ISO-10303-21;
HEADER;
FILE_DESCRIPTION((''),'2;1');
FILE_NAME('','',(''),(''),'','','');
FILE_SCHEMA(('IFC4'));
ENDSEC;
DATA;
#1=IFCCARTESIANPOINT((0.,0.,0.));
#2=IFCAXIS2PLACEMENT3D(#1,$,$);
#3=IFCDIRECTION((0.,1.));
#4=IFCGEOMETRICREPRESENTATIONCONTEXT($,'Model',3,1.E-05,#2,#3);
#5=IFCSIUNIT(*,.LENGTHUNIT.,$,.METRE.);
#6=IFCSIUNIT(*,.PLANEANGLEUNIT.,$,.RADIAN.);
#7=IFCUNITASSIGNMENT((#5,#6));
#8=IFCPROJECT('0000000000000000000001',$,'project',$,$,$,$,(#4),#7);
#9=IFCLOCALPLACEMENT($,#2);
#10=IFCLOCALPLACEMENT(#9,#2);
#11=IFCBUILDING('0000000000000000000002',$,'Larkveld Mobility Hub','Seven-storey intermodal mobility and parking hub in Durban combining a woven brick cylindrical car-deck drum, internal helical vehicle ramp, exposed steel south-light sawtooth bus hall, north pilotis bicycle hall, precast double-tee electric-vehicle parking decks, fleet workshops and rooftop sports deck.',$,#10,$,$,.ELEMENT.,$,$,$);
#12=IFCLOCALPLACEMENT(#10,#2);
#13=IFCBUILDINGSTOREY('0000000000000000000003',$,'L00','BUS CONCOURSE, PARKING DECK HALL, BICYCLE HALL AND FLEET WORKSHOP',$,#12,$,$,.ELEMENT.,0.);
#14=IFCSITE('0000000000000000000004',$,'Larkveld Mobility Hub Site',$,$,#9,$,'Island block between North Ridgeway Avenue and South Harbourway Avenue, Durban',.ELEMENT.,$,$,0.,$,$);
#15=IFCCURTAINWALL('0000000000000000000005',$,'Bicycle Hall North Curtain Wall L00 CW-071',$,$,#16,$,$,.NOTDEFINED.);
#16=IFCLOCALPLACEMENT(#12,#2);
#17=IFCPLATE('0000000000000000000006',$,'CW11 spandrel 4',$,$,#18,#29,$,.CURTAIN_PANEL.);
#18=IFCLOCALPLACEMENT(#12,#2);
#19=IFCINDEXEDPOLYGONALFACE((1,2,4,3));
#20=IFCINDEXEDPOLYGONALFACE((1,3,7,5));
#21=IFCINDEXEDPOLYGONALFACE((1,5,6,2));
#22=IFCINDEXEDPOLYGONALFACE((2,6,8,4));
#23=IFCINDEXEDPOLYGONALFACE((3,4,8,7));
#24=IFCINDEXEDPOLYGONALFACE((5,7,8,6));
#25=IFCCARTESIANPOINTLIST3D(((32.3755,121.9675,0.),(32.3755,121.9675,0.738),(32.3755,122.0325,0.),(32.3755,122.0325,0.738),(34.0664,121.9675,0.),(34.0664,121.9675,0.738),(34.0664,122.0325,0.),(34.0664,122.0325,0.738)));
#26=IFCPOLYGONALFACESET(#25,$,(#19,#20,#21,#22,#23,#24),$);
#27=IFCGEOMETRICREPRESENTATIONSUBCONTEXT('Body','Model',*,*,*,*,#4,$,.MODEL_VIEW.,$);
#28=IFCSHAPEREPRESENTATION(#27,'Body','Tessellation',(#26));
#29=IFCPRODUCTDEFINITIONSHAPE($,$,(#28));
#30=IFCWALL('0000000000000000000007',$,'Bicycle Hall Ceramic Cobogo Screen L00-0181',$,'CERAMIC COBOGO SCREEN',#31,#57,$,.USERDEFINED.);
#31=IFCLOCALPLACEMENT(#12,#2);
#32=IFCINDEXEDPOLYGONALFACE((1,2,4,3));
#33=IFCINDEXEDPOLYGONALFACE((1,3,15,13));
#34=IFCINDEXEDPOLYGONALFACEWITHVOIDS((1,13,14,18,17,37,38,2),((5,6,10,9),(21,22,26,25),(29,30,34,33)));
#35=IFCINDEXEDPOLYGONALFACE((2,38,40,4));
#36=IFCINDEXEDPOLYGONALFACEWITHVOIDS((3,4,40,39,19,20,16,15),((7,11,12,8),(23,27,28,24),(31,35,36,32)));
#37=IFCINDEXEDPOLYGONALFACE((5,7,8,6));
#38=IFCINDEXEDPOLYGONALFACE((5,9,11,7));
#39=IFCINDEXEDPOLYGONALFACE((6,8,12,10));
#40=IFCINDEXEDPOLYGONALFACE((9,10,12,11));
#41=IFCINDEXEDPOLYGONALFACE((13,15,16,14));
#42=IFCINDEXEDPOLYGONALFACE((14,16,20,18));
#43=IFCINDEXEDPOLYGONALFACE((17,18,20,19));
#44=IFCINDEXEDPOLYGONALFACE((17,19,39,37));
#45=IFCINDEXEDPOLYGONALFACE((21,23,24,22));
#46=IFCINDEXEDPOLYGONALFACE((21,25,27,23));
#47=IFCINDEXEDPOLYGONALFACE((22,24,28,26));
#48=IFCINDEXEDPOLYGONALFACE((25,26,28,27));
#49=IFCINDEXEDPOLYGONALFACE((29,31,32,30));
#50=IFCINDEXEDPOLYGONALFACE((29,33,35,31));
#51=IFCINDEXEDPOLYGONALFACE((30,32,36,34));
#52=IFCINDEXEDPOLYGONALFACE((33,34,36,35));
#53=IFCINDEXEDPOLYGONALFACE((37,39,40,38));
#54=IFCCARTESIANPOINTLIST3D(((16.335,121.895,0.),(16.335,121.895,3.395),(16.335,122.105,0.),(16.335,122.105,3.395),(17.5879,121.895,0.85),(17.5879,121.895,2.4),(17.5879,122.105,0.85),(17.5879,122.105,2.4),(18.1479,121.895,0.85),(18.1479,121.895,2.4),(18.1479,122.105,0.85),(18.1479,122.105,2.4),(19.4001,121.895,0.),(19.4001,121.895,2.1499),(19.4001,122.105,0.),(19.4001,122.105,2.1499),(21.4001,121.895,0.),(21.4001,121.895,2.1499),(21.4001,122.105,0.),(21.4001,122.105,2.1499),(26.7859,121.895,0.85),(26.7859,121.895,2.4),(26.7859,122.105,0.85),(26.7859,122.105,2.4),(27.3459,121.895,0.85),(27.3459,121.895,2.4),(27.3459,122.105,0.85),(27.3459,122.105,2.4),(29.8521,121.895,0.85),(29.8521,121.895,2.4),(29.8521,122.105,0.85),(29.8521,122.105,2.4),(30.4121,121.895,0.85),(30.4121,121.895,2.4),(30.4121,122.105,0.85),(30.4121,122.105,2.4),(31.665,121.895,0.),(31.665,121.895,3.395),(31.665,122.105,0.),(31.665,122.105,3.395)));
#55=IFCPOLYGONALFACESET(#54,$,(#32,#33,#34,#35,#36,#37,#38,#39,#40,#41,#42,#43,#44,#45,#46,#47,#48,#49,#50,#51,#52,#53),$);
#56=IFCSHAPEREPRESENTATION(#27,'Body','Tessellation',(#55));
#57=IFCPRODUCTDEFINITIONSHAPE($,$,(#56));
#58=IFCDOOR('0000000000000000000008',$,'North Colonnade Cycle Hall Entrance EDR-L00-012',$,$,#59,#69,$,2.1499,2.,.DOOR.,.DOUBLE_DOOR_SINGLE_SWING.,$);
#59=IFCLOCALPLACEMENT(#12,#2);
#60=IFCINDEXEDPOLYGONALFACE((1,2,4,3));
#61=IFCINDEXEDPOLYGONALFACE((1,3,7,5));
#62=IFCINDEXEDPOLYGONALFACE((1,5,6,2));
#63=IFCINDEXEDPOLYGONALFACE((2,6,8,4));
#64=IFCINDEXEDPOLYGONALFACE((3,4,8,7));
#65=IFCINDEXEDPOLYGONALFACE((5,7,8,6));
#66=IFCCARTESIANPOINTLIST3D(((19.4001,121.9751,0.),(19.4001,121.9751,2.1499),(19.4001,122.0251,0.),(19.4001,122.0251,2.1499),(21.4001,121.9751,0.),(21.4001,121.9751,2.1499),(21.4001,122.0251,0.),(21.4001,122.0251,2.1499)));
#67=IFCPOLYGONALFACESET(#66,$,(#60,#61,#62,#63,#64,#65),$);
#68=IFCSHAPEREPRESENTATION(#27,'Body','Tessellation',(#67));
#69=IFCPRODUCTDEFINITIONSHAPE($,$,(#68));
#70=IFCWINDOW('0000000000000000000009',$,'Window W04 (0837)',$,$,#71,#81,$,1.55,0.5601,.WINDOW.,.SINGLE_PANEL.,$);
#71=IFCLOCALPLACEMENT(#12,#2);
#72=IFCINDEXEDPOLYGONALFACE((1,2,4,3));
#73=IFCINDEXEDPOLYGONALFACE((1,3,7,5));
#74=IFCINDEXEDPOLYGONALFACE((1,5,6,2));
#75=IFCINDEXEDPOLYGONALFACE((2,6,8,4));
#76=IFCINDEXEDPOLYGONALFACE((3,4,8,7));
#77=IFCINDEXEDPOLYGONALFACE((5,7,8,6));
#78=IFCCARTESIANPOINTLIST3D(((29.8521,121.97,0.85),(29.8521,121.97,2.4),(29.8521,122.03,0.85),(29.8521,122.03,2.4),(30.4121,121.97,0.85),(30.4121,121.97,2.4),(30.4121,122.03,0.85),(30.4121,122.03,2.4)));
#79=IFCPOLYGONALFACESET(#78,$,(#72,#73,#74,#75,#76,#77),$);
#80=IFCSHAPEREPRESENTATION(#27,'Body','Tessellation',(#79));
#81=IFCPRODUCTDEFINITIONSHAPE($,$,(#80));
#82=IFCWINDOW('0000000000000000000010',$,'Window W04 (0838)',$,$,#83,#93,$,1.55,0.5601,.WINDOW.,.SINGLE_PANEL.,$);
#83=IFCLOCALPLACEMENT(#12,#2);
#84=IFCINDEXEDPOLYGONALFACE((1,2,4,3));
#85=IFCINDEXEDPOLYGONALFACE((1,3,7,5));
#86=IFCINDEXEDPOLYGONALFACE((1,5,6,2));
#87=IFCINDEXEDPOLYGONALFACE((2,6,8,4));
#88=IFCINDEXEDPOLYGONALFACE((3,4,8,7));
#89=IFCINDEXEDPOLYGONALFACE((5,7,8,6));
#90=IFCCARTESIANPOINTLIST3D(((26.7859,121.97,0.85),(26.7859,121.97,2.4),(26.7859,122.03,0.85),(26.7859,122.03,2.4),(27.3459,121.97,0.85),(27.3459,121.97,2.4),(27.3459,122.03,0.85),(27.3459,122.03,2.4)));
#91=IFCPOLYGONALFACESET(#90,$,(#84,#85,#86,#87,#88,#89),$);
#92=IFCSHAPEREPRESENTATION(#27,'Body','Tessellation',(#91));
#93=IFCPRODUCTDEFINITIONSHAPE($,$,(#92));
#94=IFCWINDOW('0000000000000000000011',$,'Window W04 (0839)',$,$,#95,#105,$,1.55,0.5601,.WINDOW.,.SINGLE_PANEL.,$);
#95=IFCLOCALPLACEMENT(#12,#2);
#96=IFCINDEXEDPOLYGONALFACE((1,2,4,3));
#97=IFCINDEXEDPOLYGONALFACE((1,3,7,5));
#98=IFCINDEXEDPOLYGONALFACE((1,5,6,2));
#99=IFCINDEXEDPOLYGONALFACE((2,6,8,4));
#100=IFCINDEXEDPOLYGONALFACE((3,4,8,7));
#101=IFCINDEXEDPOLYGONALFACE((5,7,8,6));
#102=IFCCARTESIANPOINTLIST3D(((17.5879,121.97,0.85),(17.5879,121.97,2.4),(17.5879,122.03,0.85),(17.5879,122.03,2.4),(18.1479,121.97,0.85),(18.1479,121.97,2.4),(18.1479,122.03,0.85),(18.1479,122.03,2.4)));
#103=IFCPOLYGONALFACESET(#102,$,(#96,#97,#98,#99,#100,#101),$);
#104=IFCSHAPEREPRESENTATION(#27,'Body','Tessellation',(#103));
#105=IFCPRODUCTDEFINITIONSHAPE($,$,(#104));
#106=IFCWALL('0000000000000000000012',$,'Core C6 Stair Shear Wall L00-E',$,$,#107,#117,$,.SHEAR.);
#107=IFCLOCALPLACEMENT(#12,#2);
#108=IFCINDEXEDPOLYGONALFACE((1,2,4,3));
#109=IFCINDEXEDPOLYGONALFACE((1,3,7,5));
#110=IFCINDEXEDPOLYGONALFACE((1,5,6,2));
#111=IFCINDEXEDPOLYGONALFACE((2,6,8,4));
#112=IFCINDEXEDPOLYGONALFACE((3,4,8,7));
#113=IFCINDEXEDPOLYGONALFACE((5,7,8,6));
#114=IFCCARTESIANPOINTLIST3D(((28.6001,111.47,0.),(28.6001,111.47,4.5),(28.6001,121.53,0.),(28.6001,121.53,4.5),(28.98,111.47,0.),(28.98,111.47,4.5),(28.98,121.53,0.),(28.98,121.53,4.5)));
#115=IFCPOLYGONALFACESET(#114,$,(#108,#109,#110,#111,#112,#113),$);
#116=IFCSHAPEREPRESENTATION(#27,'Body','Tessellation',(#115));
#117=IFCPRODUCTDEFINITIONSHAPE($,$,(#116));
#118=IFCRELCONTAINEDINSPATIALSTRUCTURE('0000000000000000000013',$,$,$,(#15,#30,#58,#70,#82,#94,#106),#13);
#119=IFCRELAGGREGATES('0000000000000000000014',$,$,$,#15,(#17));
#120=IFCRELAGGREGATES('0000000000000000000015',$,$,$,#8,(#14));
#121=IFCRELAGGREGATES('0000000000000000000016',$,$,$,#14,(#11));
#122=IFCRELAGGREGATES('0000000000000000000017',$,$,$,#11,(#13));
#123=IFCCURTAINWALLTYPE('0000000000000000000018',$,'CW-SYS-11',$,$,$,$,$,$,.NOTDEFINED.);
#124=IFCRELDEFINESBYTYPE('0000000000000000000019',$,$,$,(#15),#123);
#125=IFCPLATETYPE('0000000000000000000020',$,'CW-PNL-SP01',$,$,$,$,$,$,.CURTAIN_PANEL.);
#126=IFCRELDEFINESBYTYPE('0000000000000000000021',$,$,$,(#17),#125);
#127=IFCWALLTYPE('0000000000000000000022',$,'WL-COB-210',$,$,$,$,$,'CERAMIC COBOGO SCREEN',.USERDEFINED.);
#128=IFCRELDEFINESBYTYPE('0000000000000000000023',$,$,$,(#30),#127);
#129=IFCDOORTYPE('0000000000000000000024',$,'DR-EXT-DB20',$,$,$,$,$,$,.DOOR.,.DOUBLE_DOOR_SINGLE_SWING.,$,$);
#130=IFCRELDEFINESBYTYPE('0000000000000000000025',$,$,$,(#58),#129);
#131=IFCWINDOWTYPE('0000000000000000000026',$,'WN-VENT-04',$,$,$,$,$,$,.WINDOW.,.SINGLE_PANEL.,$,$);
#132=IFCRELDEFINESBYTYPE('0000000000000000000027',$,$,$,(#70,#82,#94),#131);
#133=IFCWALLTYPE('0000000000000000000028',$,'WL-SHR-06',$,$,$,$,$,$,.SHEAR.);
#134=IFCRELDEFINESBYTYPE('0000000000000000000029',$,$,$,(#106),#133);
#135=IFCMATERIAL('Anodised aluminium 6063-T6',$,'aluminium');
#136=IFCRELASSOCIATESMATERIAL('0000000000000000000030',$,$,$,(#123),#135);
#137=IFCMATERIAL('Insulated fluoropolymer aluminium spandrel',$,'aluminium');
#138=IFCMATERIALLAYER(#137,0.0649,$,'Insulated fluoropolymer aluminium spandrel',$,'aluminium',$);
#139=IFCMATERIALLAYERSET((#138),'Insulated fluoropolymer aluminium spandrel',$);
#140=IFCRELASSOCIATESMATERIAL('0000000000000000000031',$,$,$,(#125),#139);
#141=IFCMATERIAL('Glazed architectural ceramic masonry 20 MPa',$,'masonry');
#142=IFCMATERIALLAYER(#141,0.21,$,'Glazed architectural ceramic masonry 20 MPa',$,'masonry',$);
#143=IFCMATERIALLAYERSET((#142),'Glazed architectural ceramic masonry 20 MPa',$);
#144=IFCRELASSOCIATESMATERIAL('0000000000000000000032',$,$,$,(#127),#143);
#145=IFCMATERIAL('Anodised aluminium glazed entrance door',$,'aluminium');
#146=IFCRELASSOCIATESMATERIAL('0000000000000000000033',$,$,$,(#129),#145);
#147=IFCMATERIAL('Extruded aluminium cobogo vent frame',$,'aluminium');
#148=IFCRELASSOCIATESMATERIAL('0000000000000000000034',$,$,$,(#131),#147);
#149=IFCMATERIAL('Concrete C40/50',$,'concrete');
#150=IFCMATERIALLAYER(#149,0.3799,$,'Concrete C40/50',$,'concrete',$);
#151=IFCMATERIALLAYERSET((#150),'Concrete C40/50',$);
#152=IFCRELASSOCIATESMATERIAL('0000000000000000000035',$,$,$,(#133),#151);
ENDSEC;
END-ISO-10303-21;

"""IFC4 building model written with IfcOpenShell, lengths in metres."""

from ifc_helpers import new_model, si_unit, direction, frame, frame_2d, origin, origin_2d, place, context, subcontext, project, spatial, rectangle, extrude, material, layer, layer_set, type_object, element, fill, aggregate, save


model = new_model("IFC4")

# Units and contexts
model_context = context("Model", 3, precision=1e-05, world=origin(), true_north=direction((0.0, 1.0)))
body_context = subcontext(model_context, "Body", "Model", "MODEL_VIEW")
ifc_project = project(units=[si_unit("LENGTHUNIT", "METRE"), si_unit("PLANEANGLEUNIT", "RADIAN")], contexts=[model_context])

# Site, building, storey
site_placement = place(None, origin())
site = spatial("IfcSite", under=ifc_project, at=site_placement, Name="Larkveld Mobility Hub Site", LongName="Island block between North Ridgeway Avenue and South Harbourway Avenue, Durban", CompositionType="ELEMENT", RefElevation=0.0)
building_placement = place(site_placement, origin())
building = spatial("IfcBuilding", under=site, at=building_placement, Name="Larkveld Mobility Hub", Description="Seven-storey intermodal mobility and parking hub in Durban combining a woven brick cylindrical car-deck drum, internal helical vehicle ramp, exposed steel south-light sawtooth bus hall, north pilotis bicycle hall, precast double-tee electric-vehicle parking decks, fleet workshops and rooftop sports deck.", CompositionType="ELEMENT")
storey_placement = place(building_placement, origin())
storey = spatial("IfcBuildingStorey", under=building, at=storey_placement, Name="L00", Description="BUS CONCOURSE, PARKING DECK HALL, BICYCLE HALL AND FLEET WORKSHOP", CompositionType="ELEMENT", Elevation=0.0)

# Shared definitions
ifc_material_1 = material(Name="Concrete C40/50", Category="concrete")

# Curtain wall, plate
ifc_material_2 = material(Name="Anodised aluminium 6063-T6", Category="aluminium")
curtain_wall_type = type_object("IfcCurtainWallType", Name="CW-SYS-11", PredefinedType="NOTDEFINED", material=ifc_material_2)
curtain_wall_placement = place(storey_placement, origin())
curtain_wall = element("IfcCurtainWall", 1, at=curtain_wall_placement, inside=storey, type_object=curtain_wall_type, Name="Bicycle Hall North Curtain Wall L00 CW-071", PredefinedType="NOTDEFINED")
ifc_material_3 = material(Name="Insulated fluoropolymer aluminium spandrel", Category="aluminium")
ifc_layer_1 = layer(ifc_material_3, 0.0649, Name="Insulated fluoropolymer aluminium spandrel", Category="aluminium")
ifc_layer_set_1 = layer_set([ifc_layer_1], Name="Insulated fluoropolymer aluminium spandrel")
plate_type_1 = type_object("IfcPlateType", Name="CW-PNL-SP01", PredefinedType="CURTAIN_PANEL", material=ifc_layer_set_1)
plate_1_placement = place(storey_placement, frame((33.2209, 122.0, 0.0), z_axis=(0.0, 0.0, 1.0), x_axis=(-1.0, 0.0, 0.0)))
plate_1 = element("IfcPlate", 2, at=plate_1_placement, type_object=plate_type_1, Name="CW11 spandrel 4", PredefinedType="CURTAIN_PANEL", context=body_context, shape_type="SweptSolid", body=[
    extrude(rectangle(XDim=1.6909, YDim=0.0649, at=origin_2d()), origin(), (0.0, 0.0, 1.0), 0.738),
])
aggregate(curtain_wall, [plate_1])

# Wall, openings, door, windows
ifc_material_4 = material(Name="Glazed architectural ceramic masonry 20 MPa", Category="masonry")
ifc_layer_2 = layer(ifc_material_4, 0.21, Name="Glazed architectural ceramic masonry 20 MPa", Category="masonry")
ifc_layer_set_2 = layer_set([ifc_layer_2], Name="Glazed architectural ceramic masonry 20 MPa")
wall_type_1 = type_object("IfcWallType", Name="WL-COB-210", ElementType="CERAMIC COBOGO SCREEN", PredefinedType="USERDEFINED", material=ifc_layer_set_2)
wall_1_placement = place(storey_placement, frame((31.665, 122.0, 0.0), z_axis=(0.0, 0.0, 1.0), x_axis=(-1.0, 0.0, 0.0)))
wall_1 = element("IfcWall", 3, at=wall_1_placement, inside=storey, type_object=wall_type_1, Name="Bicycle Hall Ceramic Cobogo Screen L00-0181", ObjectType="CERAMIC COBOGO SCREEN", PredefinedType="USERDEFINED", context=body_context, shape_type="SweptSolid", body=[
    extrude(rectangle(XDim=15.3301, YDim=0.21, at=frame_2d((7.665, 0.0))), origin(), (0.0, 0.0, 1.0), 3.395),
])
opening_1_placement = place(wall_1_placement, frame((10.2649, 0.0, 0.0)))
opening_1 = element("IfcOpeningElement", 4, at=opening_1_placement, cuts=wall_1, PredefinedType="OPENING", context=body_context, shape_type="SweptSolid", body=[
    extrude(rectangle(XDim=2.0, YDim=2.1499, at=frame_2d((1.0, 1.075))), frame((0.0, 0.115, 0.0), z_axis=(0.0, -1.0, 0.0), x_axis=(1.0, 0.0, 0.0)), (0.0, 0.0, 1.0), 0.23),
])
opening_2_placement = place(wall_1_placement, frame((1.2529, 0.0, 0.8501)))
opening_2 = element("IfcOpeningElement", 5, at=opening_2_placement, cuts=wall_1, PredefinedType="OPENING", context=body_context, shape_type="SweptSolid", body=[
    extrude(rectangle(XDim=0.5601, YDim=1.55, at=frame_2d((0.28, 0.7749))), frame((0.0, 0.115, 0.0), z_axis=(0.0, -1.0, 0.0), x_axis=(1.0, 0.0, 0.0)), (0.0, 0.0, 1.0), 0.23),
])
opening_3_placement = place(wall_1_placement, frame((4.3191, 0.0, 0.8501)))
opening_3 = element("IfcOpeningElement", 6, at=opening_3_placement, cuts=wall_1, PredefinedType="OPENING", context=body_context, shape_type="SweptSolid", body=[
    extrude(rectangle(XDim=0.5601, YDim=1.55, at=frame_2d((0.28, 0.7749))), frame((0.0, 0.115, 0.0), z_axis=(0.0, -1.0, 0.0), x_axis=(1.0, 0.0, 0.0)), (0.0, 0.0, 1.0), 0.23),
])
opening_4_placement = place(wall_1_placement, frame((13.5171, 0.0, 0.8501)))
opening_4 = element("IfcOpeningElement", 7, at=opening_4_placement, cuts=wall_1, PredefinedType="OPENING", context=body_context, shape_type="SweptSolid", body=[
    extrude(rectangle(XDim=0.5601, YDim=1.55, at=frame_2d((0.28, 0.7749))), frame((0.0, 0.115, 0.0), z_axis=(0.0, -1.0, 0.0), x_axis=(1.0, 0.0, 0.0)), (0.0, 0.0, 1.0), 0.23),
])
ifc_material_5 = material(Name="Anodised aluminium glazed entrance door", Category="aluminium")
door_type = type_object("IfcDoorType", Name="DR-EXT-DB20", OperationType="DOUBLE_DOOR_SINGLE_SWING", PredefinedType="DOOR", material=ifc_material_5)
door_placement = place(opening_1_placement, origin())
door = element("IfcDoor", 8, at=door_placement, inside=storey, type_object=door_type, Name="North Colonnade Cycle Hall Entrance EDR-L00-012", OperationType="DOUBLE_DOOR_SINGLE_SWING", OverallHeight=2.1499, OverallWidth=2.0, PredefinedType="DOOR", context=body_context, shape_type="SweptSolid", body=[
    extrude(rectangle(XDim=2.0, YDim=2.1499, at=frame_2d((1.0, 1.075))), frame((0.0, 0.0249, 0.0), z_axis=(0.0, -1.0, 0.0), x_axis=(1.0, 0.0, 0.0)), (0.0, 0.0, 1.0), 0.05),
])
fill(opening_1, door)
ifc_material_6 = material(Name="Extruded aluminium cobogo vent frame", Category="aluminium")
window_type = type_object("IfcWindowType", Name="WN-VENT-04", PartitioningType="SINGLE_PANEL", PredefinedType="WINDOW", material=ifc_material_6)
window_1_placement = place(opening_2_placement, origin())
window_1 = element("IfcWindow", 9, at=window_1_placement, inside=storey, type_object=window_type, Name="Window W04 (0837)", OverallHeight=1.55, OverallWidth=0.5601, PartitioningType="SINGLE_PANEL", PredefinedType="WINDOW", context=body_context, shape_type="SweptSolid", body=[
    extrude(rectangle(XDim=0.5601, YDim=1.55, at=frame_2d((0.28, 0.7749))), frame((0.0, 0.03, 0.0), z_axis=(0.0, -1.0, 0.0), x_axis=(1.0, 0.0, 0.0)), (0.0, 0.0, 1.0), 0.0601),
])
fill(opening_2, window_1)
window_2_placement = place(opening_3_placement, origin())
window_2 = element("IfcWindow", 10, at=window_2_placement, inside=storey, type_object=window_type, Name="Window W04 (0838)", OverallHeight=1.55, OverallWidth=0.5601, PartitioningType="SINGLE_PANEL", PredefinedType="WINDOW", context=body_context, shape_type="SweptSolid", body=[
    extrude(rectangle(XDim=0.5601, YDim=1.55, at=frame_2d((0.28, 0.7749))), frame((0.0, 0.03, 0.0), z_axis=(0.0, -1.0, 0.0), x_axis=(1.0, 0.0, 0.0)), (0.0, 0.0, 1.0), 0.0601),
])
fill(opening_3, window_2)
window_3_placement = place(opening_4_placement, origin())
window_3 = element("IfcWindow", 11, at=window_3_placement, inside=storey, type_object=window_type, Name="Window W04 (0839)", OverallHeight=1.55, OverallWidth=0.5601, PartitioningType="SINGLE_PANEL", PredefinedType="WINDOW", context=body_context, shape_type="SweptSolid", body=[
    extrude(rectangle(XDim=0.5601, YDim=1.55, at=frame_2d((0.28, 0.7749))), frame((0.0, 0.03, 0.0), z_axis=(0.0, -1.0, 0.0), x_axis=(1.0, 0.0, 0.0)), (0.0, 0.0, 1.0), 0.0601),
])
fill(opening_4, window_3)

# Wall
ifc_layer_3 = layer(ifc_material_1, 0.3799, Name="Concrete C40/50", Category="concrete")
ifc_layer_set_3 = layer_set([ifc_layer_3], Name="Concrete C40/50")
wall_type_2 = type_object("IfcWallType", Name="WL-SHR-06", PredefinedType="SHEAR", material=ifc_layer_set_3)
wall_2_placement = place(storey_placement, frame((28.79, 121.53, 0.0), z_axis=(0.0, 0.0, 1.0), x_axis=(0.0, -1.0, 0.0)))
element("IfcWall", 12, at=wall_2_placement, inside=storey, type_object=wall_type_2, Name="Core C6 Stair Shear Wall L00-E", PredefinedType="SHEAR", context=body_context, shape_type="SweptSolid", body=[
    extrude(rectangle(XDim=10.0601, YDim=0.3799, at=frame_2d((5.03, 0.0))), origin(), (0.0, 0.0, 1.0), 4.5),
])

save(model, "model.ifc")
